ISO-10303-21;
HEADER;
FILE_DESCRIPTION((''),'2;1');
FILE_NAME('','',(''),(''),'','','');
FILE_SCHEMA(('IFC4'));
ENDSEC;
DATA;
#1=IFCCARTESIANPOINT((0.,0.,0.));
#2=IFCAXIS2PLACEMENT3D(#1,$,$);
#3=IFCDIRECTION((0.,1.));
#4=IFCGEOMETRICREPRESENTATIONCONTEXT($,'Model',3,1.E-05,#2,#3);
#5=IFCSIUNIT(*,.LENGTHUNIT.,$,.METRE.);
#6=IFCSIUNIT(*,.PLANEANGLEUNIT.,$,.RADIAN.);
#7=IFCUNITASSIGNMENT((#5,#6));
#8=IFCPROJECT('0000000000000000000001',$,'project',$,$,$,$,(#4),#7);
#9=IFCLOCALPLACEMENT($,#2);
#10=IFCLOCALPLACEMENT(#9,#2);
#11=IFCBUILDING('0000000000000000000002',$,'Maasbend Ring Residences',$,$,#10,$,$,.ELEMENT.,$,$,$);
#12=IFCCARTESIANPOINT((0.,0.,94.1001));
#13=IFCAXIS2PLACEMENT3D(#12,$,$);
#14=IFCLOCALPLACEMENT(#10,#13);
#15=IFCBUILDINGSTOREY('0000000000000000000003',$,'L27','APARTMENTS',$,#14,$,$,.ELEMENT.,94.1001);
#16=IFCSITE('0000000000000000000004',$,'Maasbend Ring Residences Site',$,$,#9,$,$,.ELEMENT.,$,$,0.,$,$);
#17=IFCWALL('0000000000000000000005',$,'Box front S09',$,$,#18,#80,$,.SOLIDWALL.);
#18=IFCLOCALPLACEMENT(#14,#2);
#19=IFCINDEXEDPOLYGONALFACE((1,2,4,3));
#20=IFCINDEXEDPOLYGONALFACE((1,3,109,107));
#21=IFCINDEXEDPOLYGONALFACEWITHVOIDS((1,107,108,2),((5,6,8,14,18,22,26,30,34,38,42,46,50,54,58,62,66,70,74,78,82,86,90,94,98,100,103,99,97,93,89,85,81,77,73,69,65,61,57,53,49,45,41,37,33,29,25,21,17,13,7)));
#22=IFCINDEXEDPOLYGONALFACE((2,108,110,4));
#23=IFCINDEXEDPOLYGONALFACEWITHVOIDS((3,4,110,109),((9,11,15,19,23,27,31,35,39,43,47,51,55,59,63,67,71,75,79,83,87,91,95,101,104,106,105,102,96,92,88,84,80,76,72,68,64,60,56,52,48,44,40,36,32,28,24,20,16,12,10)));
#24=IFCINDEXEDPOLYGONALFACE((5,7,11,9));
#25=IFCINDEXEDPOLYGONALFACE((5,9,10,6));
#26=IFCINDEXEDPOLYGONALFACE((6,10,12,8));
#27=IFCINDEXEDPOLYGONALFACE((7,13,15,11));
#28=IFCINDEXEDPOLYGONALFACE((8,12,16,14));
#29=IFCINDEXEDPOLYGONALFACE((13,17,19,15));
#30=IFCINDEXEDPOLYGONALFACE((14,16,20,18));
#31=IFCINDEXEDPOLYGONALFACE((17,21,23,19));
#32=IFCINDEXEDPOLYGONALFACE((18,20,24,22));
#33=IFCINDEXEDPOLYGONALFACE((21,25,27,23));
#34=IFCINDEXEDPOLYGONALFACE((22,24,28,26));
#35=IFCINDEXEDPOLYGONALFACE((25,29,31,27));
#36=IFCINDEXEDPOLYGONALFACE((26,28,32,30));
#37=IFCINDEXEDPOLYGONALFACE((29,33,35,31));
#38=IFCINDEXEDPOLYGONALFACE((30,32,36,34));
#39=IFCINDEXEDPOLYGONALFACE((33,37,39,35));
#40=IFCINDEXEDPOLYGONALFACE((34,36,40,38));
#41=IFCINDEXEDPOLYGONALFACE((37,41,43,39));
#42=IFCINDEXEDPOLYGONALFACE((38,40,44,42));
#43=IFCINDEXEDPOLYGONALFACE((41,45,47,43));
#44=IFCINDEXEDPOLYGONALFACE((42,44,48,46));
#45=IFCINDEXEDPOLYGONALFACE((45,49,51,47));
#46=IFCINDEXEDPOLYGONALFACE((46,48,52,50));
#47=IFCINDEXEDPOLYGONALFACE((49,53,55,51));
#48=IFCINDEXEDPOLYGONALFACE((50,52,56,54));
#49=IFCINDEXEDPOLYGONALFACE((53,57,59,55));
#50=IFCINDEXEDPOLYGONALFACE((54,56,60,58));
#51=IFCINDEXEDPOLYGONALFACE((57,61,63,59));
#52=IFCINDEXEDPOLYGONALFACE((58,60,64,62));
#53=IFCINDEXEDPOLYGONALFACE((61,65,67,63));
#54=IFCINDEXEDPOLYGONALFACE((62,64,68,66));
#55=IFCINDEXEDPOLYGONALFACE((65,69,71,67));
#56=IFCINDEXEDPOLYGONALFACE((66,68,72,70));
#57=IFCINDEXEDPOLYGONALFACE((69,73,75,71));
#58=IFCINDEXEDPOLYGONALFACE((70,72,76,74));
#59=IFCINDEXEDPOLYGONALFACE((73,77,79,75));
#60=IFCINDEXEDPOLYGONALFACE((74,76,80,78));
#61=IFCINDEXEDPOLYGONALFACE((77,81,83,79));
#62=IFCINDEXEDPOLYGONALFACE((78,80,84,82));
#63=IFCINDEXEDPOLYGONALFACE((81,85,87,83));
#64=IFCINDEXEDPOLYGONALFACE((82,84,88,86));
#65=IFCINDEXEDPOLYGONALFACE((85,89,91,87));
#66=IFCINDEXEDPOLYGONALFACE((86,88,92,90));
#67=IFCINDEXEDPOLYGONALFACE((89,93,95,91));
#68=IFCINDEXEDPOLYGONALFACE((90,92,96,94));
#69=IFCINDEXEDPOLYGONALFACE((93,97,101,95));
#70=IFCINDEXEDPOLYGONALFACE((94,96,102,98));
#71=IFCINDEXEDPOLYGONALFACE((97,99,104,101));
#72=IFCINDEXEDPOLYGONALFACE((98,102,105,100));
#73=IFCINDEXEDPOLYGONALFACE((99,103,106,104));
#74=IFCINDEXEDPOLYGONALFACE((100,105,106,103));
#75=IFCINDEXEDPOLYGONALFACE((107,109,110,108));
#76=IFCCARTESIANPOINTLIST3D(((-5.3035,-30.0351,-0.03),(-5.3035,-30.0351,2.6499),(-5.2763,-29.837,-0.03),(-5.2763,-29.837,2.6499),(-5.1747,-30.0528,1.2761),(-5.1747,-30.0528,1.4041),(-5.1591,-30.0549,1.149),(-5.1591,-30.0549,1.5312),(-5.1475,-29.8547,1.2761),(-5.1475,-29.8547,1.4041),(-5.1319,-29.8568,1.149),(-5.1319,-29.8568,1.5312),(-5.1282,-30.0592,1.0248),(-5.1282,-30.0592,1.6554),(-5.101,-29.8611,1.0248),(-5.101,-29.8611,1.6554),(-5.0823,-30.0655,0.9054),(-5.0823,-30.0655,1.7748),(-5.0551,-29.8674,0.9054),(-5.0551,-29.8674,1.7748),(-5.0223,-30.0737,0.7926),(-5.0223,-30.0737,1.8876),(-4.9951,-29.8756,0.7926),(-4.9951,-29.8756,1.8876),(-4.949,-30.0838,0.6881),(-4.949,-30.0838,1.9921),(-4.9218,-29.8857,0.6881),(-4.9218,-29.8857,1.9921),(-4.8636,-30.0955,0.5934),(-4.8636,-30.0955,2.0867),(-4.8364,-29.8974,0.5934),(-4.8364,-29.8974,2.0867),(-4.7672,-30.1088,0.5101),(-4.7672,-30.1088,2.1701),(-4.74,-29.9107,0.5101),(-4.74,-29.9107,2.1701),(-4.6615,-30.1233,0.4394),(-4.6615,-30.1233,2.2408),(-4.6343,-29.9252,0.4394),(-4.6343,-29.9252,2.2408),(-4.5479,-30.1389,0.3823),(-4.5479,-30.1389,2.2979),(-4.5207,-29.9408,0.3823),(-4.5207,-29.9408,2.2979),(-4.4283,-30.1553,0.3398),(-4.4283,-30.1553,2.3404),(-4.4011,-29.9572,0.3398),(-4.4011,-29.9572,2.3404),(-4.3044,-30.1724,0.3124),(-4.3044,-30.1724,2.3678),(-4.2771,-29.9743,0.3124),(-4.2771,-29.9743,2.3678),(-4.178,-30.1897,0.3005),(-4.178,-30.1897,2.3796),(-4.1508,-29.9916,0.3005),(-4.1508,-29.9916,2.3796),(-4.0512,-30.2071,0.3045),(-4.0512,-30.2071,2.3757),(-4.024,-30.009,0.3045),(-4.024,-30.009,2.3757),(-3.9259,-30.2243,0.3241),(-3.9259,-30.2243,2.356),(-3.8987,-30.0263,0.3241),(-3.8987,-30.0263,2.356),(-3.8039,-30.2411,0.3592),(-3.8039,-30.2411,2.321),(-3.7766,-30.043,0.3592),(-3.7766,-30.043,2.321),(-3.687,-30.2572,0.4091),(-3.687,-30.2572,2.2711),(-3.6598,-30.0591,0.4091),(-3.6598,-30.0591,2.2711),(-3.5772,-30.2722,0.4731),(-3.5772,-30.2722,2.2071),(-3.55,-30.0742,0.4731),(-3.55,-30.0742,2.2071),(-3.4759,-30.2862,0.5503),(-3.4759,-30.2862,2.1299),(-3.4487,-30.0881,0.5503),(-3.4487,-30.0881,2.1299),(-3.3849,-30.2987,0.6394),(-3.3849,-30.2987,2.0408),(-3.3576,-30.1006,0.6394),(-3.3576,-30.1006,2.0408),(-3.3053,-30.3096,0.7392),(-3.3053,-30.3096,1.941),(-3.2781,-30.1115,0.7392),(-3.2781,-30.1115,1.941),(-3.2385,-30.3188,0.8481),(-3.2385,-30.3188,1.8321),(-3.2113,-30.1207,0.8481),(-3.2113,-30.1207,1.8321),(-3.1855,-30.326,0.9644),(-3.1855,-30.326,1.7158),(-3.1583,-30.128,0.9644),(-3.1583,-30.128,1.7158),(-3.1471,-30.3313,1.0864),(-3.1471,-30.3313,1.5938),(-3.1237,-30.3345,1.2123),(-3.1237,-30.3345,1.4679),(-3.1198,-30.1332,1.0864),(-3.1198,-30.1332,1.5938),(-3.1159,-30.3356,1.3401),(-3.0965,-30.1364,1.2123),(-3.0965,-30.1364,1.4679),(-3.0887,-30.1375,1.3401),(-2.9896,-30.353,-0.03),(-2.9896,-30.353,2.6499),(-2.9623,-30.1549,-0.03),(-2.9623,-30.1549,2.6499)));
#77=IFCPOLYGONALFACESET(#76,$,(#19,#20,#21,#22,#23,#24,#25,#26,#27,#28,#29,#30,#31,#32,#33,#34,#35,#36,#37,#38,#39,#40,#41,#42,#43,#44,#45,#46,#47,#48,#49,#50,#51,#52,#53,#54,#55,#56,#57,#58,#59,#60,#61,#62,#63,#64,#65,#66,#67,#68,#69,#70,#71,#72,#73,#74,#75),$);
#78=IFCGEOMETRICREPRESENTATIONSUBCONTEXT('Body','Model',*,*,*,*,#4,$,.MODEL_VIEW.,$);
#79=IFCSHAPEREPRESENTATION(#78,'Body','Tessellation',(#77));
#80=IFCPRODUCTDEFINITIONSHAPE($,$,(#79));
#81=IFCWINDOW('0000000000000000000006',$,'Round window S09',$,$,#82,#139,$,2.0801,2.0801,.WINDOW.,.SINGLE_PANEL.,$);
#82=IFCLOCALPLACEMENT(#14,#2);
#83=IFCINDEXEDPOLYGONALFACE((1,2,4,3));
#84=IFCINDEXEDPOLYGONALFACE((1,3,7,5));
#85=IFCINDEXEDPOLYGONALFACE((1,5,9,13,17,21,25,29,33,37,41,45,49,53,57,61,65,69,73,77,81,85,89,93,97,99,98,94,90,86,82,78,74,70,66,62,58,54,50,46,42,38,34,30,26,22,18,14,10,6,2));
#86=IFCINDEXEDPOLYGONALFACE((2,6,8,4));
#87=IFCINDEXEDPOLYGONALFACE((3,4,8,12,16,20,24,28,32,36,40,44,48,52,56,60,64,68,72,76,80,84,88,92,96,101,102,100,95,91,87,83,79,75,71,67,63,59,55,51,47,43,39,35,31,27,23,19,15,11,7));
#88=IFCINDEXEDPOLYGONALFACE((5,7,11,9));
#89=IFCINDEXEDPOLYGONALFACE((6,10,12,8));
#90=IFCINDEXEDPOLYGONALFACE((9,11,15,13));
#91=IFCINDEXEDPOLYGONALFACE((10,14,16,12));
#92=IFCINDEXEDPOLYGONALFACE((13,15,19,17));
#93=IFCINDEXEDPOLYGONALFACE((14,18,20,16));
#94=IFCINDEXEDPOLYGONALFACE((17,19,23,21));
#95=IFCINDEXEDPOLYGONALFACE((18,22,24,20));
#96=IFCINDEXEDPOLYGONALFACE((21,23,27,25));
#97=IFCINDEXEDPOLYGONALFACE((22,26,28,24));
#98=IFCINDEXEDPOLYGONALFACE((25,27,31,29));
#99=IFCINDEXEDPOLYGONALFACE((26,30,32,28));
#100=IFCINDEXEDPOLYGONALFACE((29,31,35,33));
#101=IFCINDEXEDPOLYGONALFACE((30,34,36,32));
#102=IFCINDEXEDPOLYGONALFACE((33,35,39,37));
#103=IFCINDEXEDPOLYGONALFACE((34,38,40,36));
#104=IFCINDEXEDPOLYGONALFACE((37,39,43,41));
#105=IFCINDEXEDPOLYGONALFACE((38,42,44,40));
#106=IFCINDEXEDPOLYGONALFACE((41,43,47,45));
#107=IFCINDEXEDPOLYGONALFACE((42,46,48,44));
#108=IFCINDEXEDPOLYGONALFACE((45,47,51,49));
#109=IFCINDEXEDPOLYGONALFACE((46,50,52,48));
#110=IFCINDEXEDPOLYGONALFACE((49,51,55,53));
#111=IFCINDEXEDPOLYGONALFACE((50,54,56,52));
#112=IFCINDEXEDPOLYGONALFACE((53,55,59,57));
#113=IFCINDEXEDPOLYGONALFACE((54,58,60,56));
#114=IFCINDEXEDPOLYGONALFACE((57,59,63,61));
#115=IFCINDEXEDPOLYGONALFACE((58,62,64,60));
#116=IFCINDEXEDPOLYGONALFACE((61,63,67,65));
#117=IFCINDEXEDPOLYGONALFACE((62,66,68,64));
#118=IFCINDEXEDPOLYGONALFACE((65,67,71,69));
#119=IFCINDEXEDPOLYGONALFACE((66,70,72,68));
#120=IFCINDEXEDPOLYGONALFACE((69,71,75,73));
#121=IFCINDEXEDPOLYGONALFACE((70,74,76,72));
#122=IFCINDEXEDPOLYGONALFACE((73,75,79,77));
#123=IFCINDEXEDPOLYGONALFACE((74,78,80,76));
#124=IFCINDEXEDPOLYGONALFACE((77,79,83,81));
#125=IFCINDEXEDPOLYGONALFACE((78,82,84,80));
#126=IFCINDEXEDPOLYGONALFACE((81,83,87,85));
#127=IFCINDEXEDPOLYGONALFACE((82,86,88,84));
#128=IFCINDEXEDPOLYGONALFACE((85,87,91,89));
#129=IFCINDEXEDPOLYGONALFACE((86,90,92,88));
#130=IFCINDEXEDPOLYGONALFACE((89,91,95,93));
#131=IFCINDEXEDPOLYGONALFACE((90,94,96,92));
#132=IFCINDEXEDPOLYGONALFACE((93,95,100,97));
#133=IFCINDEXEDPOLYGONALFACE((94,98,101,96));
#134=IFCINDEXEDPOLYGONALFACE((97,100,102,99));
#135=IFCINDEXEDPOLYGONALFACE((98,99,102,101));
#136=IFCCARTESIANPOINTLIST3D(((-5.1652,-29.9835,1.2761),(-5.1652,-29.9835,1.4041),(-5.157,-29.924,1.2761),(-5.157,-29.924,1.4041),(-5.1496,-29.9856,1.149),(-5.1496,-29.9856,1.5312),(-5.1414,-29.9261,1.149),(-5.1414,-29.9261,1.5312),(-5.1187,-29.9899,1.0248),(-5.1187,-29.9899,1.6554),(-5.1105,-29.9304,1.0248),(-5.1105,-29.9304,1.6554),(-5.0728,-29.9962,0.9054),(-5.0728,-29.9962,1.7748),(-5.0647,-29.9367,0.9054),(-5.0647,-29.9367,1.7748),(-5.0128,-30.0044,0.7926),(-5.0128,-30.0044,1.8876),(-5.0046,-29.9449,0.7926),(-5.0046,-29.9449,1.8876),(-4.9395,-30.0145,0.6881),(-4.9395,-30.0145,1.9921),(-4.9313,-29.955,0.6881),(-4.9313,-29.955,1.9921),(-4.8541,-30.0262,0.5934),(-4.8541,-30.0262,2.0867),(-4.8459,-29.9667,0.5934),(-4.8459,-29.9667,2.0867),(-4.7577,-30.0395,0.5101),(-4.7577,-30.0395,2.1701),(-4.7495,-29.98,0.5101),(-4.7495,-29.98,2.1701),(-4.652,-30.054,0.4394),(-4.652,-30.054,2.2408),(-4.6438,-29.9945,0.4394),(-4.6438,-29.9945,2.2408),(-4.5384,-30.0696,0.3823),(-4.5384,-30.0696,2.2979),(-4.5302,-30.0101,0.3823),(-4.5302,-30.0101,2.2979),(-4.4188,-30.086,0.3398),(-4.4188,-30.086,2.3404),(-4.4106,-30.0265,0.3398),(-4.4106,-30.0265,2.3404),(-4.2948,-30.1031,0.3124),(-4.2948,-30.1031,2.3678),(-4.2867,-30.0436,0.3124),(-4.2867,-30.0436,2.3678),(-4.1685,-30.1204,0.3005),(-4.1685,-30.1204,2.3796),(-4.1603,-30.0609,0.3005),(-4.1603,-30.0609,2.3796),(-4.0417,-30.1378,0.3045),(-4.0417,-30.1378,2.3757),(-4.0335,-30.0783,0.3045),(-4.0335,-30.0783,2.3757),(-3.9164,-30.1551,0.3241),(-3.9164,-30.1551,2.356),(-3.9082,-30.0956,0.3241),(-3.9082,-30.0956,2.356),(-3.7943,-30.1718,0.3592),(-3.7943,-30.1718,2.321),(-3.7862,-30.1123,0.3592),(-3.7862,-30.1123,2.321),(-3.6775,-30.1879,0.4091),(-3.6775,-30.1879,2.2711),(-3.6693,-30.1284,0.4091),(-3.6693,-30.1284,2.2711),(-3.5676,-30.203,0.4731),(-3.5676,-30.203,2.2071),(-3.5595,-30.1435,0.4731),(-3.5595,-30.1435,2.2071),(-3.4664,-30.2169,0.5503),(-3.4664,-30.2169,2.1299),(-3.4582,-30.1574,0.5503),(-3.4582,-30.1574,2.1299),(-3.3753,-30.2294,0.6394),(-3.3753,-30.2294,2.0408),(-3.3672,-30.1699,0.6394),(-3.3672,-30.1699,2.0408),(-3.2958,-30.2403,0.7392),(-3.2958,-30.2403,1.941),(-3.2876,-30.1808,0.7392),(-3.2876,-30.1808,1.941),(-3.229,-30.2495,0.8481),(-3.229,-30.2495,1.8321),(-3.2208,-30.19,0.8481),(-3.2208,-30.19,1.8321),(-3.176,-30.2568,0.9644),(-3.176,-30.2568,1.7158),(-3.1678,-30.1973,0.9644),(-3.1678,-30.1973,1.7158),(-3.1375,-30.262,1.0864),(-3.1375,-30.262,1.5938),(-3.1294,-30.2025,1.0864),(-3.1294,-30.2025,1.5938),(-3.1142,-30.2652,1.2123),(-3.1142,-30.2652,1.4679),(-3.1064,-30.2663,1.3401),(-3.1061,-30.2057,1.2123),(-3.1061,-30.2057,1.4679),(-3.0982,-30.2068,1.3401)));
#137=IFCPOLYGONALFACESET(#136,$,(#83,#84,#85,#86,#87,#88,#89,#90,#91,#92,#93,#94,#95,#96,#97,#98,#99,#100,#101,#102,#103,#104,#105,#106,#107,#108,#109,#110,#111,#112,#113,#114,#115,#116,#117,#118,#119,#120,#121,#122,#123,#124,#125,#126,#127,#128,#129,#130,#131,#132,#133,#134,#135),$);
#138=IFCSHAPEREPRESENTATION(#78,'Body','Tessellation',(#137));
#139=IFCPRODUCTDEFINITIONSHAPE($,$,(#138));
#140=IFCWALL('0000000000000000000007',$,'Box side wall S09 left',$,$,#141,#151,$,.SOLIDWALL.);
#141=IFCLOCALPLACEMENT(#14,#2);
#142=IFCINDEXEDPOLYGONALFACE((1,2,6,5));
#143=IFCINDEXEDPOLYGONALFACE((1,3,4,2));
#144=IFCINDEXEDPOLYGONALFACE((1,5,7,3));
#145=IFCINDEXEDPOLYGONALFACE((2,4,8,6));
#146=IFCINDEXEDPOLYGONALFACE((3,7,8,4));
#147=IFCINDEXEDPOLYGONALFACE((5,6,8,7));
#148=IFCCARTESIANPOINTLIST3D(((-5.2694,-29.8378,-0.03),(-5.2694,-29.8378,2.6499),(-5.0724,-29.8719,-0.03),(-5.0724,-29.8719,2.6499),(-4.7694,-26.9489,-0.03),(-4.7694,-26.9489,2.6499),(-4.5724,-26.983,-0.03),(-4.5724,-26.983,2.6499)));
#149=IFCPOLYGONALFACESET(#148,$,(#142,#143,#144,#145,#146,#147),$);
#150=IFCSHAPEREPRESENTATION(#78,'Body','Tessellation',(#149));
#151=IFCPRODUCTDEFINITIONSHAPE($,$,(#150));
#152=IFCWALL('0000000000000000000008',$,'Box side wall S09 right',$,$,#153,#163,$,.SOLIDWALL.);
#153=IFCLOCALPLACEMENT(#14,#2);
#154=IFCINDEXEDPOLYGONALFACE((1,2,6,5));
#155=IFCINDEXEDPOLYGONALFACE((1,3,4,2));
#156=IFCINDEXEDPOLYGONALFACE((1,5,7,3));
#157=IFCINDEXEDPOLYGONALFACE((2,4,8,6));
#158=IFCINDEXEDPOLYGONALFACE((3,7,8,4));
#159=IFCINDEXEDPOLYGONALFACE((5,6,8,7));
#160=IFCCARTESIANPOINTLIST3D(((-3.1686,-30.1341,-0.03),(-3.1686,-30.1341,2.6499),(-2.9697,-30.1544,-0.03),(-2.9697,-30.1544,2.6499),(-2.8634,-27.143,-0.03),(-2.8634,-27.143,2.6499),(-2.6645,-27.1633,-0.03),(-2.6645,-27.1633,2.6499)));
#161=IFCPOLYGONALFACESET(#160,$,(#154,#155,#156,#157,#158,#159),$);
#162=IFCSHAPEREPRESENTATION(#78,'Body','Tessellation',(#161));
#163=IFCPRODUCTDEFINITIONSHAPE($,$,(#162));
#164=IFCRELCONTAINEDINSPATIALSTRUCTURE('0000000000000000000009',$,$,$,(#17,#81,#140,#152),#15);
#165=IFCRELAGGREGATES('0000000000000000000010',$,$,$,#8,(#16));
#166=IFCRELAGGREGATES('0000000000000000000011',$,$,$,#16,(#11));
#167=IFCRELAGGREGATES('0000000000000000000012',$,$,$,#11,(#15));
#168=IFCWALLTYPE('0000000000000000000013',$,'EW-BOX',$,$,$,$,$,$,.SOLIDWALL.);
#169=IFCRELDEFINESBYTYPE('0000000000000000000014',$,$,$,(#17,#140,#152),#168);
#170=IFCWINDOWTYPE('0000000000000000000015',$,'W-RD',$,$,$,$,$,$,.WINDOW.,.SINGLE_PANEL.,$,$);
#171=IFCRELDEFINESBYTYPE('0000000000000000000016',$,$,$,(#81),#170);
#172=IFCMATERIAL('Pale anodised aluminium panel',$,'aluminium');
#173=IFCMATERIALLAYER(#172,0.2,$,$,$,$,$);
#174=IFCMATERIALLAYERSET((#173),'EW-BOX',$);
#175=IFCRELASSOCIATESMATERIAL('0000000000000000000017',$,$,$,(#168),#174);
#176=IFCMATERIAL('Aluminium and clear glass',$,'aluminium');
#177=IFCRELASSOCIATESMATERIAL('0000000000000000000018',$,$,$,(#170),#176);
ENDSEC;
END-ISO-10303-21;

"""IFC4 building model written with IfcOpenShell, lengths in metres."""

from ifc_helpers import new_model, si_unit, direction, frame, frame_2d, origin, place, context, subcontext, project, spatial, rectangle, circle, extrude, material, layer, layer_set, type_object, element, fill, save


model = new_model("IFC4")

# Units and contexts
model_context = context("Model", 3, precision=1e-05, world=origin(), true_north=direction((0.0, 1.0)))
body_context = subcontext(model_context, "Body", "Model", "MODEL_VIEW")
ifc_project = project(units=[si_unit("LENGTHUNIT", "METRE"), si_unit("PLANEANGLEUNIT", "RADIAN")], contexts=[model_context])

# Site, building, storey
site_placement = place(None, origin())
site = spatial("IfcSite", under=ifc_project, at=site_placement, Name="Maasbend Ring Residences Site", CompositionType="ELEMENT", RefElevation=0.0)
building_placement = place(site_placement, origin())
building = spatial("IfcBuilding", under=site, at=building_placement, Name="Maasbend Ring Residences", CompositionType="ELEMENT")
storey_placement = place(building_placement, frame((0.0, 0.0, 94.1001)))
storey = spatial("IfcBuildingStorey", under=building, at=storey_placement, Name="L27", Description="APARTMENTS", CompositionType="ELEMENT", Elevation=94.1001)

# Shared definitions
ifc_material_1 = material(Name="Pale anodised aluminium panel", Category="aluminium")
ifc_layer_1 = layer(ifc_material_1, 0.2)
ifc_layer_set_1 = layer_set([ifc_layer_1], Name="EW-BOX")
wall_type_1 = type_object("IfcWallType", Name="EW-BOX", PredefinedType="SOLIDWALL", material=ifc_layer_set_1)

# Wall, opening, window
wall_1_placement = place(storey_placement, frame((-5.29, -29.936, -0.03), z_axis=(0.0, 0.0, 1.0), x_axis=(0.990696, -0.136093, 0.0)))
wall_1 = element("IfcWall", 1, at=wall_1_placement, inside=storey, type_object=wall_type_1, Name="Box front S09", PredefinedType="SOLIDWALL", context=body_context, shape_type="SweptSolid", body=[
    extrude(rectangle(XDim=2.3357, YDim=0.2, at=frame_2d((1.168, 0.0))), origin(), (0.0, 0.0, 1.0), 2.6799),
])
opening_1_placement = place(wall_1_placement, frame((0.1282, 0.0, 0.3301)))
opening_1 = element("IfcOpeningElement", 2, at=opening_1_placement, cuts=wall_1, PredefinedType="OPENING", context=body_context, shape_type="SweptSolid", body=[
    extrude(circle(Radius=1.04, at=frame_2d((1.04, 1.04))), frame((0.0, 0.1099, 0.0), z_axis=(0.0, -1.0, 0.0), x_axis=(1.0, 0.0, 0.0)), (0.0, 0.0, 1.0), 0.22),
])
ifc_material_2 = material(Name="Aluminium and clear glass", Category="aluminium")
window_type_1 = type_object("IfcWindowType", Name="W-RD", PartitioningType="SINGLE_PANEL", PredefinedType="WINDOW", material=ifc_material_2)
window_1_placement = place(opening_1_placement, origin())
window_1 = element("IfcWindow", 3, at=window_1_placement, inside=storey, type_object=window_type_1, Name="Round window S09", OverallHeight=2.0801, OverallWidth=2.0801, PartitioningType="SINGLE_PANEL", PredefinedType="WINDOW", context=body_context, shape_type="SweptSolid", body=[
    extrude(circle(Radius=1.04, at=frame_2d((1.04, 1.04))), frame((0.0, 0.03, 0.0), z_axis=(0.0, -1.0, 0.0), x_axis=(1.0, 0.0, 0.0)), (0.0, 0.0, 1.0), 0.0601),
])
fill(opening_1, window_1)

# Walls
wall_2_placement = place(storey_placement, frame((-4.6709, -26.9661, -0.03), z_axis=(0.0, 0.0, 1.0), x_axis=(-0.17054, -0.985351, 0.0)))
element("IfcWall", 4, at=wall_2_placement, inside=storey, type_object=wall_type_1, Name="Box side wall S09 left", PredefinedType="SOLIDWALL", context=body_context, shape_type="SweptSolid", body=[
    extrude(rectangle(XDim=2.9319, YDim=0.2, at=frame_2d((1.4658, 0.0))), origin(), (0.0, 0.0, 1.0), 2.6799),
])
wall_3_placement = place(storey_placement, frame((-2.7639, -27.1531, -0.03), z_axis=(0.0, 0.0, 1.0), x_axis=(-0.101505, -0.994835, 0.0)))
element("IfcWall", 5, at=wall_3_placement, inside=storey, type_object=wall_type_1, Name="Box side wall S09 right", PredefinedType="SOLIDWALL", context=body_context, shape_type="SweptSolid", body=[
    extrude(rectangle(XDim=3.0066, YDim=0.2, at=frame_2d((1.5034, 0.0))), origin(), (0.0, 0.0, 1.0), 2.6799),
])

save(model, "model.ifc")
